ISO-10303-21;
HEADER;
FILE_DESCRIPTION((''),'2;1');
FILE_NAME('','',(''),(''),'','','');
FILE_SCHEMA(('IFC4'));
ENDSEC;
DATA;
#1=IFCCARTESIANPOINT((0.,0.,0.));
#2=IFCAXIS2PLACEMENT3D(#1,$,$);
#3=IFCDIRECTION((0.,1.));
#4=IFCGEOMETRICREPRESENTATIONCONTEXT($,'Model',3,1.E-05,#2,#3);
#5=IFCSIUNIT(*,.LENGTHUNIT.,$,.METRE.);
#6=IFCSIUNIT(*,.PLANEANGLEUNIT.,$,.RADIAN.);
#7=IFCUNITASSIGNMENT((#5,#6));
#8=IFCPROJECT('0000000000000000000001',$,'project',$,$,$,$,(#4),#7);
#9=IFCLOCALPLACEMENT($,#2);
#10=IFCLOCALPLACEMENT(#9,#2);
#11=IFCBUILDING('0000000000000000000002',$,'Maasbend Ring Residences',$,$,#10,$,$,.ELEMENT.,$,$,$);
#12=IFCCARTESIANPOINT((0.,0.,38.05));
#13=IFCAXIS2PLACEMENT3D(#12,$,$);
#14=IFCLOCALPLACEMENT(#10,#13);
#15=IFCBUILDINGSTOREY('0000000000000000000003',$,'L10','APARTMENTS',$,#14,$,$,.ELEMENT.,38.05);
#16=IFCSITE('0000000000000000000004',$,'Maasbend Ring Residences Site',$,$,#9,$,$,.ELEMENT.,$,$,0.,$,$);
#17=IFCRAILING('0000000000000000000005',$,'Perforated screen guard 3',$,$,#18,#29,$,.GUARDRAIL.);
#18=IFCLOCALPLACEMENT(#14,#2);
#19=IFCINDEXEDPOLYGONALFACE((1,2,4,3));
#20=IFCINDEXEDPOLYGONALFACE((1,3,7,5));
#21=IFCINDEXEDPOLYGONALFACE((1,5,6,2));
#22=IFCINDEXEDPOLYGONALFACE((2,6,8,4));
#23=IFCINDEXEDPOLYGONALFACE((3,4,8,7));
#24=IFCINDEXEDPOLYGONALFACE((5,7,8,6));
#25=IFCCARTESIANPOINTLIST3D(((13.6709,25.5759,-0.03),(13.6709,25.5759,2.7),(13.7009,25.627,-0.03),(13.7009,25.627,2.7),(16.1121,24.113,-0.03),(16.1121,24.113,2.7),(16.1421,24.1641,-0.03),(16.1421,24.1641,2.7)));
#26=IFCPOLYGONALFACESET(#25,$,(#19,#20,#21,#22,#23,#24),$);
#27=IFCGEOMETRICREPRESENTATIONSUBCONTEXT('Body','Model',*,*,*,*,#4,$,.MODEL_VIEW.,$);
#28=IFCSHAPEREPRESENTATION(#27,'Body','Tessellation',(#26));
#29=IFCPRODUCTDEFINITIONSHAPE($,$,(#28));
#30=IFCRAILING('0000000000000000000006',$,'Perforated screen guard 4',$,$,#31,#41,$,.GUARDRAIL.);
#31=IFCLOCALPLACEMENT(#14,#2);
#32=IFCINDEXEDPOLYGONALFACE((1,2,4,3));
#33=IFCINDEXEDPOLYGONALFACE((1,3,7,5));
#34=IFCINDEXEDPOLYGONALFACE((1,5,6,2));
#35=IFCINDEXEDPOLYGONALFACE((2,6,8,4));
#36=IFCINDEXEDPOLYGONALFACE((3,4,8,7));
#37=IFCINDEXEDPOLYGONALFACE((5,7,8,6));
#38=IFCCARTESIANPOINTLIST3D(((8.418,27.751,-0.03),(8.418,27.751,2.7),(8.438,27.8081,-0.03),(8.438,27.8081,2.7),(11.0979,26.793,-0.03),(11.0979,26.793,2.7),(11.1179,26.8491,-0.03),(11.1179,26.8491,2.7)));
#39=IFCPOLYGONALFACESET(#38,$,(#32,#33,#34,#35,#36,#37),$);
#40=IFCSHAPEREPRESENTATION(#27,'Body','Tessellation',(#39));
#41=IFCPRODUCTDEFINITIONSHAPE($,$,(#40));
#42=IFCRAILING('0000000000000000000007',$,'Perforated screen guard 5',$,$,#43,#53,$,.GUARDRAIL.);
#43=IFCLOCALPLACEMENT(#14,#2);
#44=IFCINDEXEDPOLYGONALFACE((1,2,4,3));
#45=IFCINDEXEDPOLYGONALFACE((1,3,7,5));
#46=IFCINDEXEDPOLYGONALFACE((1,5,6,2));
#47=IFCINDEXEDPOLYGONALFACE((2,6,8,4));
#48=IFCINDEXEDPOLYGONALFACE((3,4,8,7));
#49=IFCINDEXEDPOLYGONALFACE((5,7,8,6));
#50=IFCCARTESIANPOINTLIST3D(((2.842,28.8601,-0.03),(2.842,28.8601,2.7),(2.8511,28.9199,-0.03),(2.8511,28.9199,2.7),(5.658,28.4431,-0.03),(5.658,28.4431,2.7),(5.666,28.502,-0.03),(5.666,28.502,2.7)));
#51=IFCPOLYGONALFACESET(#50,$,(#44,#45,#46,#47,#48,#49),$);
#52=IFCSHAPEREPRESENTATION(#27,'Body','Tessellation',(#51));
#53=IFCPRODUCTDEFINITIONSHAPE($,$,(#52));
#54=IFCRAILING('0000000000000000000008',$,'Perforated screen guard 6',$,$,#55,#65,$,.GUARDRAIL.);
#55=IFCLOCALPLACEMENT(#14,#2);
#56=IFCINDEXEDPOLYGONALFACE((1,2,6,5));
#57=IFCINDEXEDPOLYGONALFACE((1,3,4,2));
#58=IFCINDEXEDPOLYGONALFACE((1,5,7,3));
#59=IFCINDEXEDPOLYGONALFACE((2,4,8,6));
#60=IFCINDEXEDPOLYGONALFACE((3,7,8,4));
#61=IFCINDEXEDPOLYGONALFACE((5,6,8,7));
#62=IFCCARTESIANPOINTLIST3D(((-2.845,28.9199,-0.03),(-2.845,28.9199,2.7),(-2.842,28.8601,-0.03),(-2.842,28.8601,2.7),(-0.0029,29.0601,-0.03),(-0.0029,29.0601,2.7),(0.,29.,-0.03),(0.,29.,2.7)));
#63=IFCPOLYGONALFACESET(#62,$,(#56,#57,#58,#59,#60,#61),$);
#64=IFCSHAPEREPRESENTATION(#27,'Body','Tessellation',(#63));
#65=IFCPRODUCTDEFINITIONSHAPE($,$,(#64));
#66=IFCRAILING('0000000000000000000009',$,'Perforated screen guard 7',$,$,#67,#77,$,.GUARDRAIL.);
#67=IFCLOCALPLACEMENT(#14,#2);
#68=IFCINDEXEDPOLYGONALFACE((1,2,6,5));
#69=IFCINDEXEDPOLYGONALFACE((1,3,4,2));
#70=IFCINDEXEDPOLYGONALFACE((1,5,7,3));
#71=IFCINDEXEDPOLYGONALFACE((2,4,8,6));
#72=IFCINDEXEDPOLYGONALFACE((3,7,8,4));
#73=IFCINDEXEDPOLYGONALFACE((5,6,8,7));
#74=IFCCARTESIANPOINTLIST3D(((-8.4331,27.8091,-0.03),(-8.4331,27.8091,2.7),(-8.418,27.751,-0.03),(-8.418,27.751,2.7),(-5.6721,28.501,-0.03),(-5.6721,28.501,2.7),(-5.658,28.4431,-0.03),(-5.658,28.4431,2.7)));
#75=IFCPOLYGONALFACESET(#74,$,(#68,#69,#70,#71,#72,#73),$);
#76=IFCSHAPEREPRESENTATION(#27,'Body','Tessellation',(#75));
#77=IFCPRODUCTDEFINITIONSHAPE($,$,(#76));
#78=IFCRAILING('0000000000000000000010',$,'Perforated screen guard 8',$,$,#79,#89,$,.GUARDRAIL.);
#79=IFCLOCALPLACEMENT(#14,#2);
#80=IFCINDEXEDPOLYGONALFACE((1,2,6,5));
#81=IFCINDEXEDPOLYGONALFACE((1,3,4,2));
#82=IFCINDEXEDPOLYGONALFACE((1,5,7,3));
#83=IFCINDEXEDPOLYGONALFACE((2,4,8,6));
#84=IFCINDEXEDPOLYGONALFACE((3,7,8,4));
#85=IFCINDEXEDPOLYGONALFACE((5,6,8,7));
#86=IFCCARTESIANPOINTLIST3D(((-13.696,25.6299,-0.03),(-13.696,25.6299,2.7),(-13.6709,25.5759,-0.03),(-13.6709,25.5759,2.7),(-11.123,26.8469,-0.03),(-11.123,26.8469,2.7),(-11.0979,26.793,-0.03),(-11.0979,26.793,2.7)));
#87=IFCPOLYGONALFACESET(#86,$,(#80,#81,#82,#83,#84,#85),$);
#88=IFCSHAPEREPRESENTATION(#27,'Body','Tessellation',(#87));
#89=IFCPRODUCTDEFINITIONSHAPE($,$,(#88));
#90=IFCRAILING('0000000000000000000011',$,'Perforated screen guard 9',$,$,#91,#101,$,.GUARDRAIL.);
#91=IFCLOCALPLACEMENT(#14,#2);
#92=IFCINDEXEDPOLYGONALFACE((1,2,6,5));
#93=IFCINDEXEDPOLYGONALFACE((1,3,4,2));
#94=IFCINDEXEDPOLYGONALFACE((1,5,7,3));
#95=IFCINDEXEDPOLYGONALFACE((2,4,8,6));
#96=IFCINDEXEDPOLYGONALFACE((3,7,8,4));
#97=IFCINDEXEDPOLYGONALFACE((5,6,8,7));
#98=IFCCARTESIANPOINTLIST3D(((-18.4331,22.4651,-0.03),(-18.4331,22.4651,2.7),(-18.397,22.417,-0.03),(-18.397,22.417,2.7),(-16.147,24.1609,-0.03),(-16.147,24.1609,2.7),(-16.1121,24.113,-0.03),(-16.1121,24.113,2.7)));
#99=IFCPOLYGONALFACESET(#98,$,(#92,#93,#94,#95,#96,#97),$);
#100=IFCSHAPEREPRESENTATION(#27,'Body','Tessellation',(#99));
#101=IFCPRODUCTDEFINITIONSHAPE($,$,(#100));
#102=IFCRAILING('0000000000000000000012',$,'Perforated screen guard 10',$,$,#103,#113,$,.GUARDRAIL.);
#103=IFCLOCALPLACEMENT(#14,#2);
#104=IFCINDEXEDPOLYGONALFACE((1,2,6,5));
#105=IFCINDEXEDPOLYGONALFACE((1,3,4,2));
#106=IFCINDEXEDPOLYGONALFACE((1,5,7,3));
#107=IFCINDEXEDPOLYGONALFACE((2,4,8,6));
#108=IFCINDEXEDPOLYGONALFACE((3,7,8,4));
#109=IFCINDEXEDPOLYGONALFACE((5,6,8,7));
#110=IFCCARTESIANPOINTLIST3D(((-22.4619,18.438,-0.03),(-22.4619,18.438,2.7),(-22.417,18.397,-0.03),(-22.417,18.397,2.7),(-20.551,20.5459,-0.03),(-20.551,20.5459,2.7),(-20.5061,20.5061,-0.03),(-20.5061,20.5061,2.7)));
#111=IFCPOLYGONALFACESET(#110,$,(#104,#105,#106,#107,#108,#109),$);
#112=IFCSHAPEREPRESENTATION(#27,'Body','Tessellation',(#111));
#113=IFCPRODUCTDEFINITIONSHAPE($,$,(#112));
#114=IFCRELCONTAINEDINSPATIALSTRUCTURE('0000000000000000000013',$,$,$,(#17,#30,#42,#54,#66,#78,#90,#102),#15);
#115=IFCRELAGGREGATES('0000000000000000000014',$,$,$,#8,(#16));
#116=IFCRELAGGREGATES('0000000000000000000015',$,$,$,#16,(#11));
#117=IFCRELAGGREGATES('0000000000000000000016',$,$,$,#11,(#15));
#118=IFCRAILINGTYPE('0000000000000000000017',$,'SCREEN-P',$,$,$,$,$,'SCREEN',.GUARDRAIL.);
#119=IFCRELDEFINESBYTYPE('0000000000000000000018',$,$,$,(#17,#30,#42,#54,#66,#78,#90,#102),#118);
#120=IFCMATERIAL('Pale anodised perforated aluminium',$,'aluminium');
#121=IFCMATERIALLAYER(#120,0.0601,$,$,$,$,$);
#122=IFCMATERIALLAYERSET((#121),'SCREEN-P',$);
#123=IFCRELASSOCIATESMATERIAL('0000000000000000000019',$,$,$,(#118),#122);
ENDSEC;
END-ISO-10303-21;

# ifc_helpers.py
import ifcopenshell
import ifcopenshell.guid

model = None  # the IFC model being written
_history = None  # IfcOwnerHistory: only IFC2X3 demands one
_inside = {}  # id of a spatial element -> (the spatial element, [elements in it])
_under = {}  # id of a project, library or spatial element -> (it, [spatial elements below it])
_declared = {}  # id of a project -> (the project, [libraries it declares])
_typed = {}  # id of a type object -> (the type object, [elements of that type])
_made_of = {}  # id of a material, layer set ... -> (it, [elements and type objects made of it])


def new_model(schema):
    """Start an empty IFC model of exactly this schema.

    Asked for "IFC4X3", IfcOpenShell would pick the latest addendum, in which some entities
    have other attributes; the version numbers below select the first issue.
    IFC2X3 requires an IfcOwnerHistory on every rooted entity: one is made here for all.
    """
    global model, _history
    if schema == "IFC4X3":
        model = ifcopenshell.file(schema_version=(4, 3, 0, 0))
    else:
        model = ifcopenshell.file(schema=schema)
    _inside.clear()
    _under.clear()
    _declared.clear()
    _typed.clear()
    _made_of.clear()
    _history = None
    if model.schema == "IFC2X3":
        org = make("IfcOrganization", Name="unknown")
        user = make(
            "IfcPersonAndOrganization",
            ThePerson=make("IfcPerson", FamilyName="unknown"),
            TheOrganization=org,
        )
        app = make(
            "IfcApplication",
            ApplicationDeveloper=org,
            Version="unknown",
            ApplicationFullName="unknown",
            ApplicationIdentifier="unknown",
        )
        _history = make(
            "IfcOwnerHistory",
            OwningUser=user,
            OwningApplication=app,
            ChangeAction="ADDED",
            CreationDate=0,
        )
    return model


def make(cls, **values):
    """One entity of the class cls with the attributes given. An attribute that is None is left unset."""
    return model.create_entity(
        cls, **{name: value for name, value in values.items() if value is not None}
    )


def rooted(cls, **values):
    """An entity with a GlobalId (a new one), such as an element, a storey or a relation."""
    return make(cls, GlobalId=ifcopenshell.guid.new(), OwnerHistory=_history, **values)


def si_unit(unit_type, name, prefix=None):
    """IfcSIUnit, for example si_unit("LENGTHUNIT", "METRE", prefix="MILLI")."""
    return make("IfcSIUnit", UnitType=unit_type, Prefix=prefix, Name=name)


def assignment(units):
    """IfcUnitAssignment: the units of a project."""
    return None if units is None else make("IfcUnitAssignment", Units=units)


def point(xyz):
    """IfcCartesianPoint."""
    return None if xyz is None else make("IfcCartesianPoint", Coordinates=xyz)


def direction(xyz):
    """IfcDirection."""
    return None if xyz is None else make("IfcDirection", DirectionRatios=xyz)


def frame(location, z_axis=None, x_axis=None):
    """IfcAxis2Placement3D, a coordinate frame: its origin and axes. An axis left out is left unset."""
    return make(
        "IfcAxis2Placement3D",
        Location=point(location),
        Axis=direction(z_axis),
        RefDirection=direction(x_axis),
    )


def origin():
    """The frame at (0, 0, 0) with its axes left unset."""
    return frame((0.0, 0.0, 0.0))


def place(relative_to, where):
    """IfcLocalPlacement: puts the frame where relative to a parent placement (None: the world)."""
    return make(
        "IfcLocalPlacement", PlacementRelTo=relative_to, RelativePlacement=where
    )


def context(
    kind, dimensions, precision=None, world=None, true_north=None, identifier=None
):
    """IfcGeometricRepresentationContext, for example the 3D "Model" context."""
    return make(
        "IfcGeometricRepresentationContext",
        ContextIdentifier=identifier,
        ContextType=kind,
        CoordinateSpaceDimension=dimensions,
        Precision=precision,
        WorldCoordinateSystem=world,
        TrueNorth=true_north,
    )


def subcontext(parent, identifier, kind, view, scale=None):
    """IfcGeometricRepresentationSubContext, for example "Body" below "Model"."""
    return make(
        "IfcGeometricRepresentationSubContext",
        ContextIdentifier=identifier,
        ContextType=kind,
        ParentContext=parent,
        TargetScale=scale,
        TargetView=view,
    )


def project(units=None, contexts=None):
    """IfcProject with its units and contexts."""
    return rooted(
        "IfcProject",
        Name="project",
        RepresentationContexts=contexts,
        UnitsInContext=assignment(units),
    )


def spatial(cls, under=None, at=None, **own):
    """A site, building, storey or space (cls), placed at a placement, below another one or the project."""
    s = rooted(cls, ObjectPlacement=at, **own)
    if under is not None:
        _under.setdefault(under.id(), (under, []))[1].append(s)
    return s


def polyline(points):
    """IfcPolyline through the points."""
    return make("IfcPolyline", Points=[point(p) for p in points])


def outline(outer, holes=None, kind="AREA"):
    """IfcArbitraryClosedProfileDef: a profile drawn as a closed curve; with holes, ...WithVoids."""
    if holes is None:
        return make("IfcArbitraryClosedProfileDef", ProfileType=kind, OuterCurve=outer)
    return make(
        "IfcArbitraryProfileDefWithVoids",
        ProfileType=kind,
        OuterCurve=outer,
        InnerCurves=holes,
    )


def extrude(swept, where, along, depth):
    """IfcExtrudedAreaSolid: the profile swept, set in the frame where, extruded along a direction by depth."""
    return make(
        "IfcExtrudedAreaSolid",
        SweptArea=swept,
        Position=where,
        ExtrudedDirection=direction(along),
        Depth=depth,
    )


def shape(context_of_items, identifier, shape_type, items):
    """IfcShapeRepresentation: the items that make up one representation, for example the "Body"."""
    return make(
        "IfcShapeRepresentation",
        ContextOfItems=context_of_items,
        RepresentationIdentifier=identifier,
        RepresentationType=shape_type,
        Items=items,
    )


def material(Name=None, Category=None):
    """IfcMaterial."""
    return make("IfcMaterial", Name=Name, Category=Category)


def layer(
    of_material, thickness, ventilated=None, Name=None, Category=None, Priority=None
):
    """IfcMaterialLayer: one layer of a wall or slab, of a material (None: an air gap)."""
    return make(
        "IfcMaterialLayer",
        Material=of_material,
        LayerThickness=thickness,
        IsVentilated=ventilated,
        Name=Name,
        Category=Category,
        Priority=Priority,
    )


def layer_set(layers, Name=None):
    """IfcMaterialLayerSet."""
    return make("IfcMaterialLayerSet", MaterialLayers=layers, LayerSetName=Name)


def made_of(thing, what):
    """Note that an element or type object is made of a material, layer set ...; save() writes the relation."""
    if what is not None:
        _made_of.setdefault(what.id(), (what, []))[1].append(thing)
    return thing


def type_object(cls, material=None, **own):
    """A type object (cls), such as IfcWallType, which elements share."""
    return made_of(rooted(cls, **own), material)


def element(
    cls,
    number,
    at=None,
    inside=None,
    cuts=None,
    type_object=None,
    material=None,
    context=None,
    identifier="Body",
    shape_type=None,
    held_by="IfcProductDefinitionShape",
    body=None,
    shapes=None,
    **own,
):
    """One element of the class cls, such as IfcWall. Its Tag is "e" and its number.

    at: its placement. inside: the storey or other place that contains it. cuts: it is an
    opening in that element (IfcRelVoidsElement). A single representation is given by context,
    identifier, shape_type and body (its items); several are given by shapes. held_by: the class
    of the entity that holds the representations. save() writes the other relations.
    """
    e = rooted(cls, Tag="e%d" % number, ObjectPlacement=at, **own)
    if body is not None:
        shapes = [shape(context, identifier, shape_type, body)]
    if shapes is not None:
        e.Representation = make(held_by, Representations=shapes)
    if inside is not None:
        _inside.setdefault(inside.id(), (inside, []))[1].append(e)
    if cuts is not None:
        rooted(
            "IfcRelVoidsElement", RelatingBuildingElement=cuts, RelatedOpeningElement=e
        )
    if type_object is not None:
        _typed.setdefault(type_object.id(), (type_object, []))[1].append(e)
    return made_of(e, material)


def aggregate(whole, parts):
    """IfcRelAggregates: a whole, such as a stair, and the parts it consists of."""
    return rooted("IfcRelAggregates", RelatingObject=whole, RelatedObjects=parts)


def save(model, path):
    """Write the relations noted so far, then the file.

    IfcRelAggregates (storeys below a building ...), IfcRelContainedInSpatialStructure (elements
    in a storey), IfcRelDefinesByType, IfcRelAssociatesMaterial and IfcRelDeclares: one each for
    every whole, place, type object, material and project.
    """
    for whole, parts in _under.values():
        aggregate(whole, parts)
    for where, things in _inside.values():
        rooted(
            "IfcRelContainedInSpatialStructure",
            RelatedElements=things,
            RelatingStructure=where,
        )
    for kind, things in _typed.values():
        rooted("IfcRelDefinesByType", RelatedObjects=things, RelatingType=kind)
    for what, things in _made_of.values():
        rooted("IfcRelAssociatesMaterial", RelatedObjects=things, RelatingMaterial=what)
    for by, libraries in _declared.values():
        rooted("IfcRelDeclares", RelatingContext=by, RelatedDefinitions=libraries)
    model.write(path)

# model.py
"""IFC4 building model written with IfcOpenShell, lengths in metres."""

from ifc_helpers import new_model, si_unit, direction, frame, origin, place, context, subcontext, project, spatial, polyline, outline, extrude, material, layer, layer_set, type_object, element, save


model = new_model("IFC4")

# Units and contexts
model_context = context("Model", 3, precision=1e-05, world=origin(), true_north=direction((0.0, 1.0)))
body_context = subcontext(model_context, "Body", "Model", "MODEL_VIEW")
ifc_project = project(units=[si_unit("LENGTHUNIT", "METRE"), si_unit("PLANEANGLEUNIT", "RADIAN")], contexts=[model_context])

# Site, building, storey
site_placement = place(None, origin())
site = spatial("IfcSite", under=ifc_project, at=site_placement, Name="Maasbend Ring Residences Site", CompositionType="ELEMENT", RefElevation=0.0)
building_placement = place(site_placement, origin())
building = spatial("IfcBuilding", under=site, at=building_placement, Name="Maasbend Ring Residences", CompositionType="ELEMENT")
storey_placement = place(building_placement, frame((0.0, 0.0, 38.05)))
storey = spatial("IfcBuildingStorey", under=building, at=storey_placement, Name="L10", Description="APARTMENTS", CompositionType="ELEMENT", Elevation=38.05)

# Railings
ifc_material_1 = material(Name="Pale anodised perforated aluminium", Category="aluminium")
ifc_layer_1 = layer(ifc_material_1, 0.0601)
ifc_layer_set_1 = layer_set([ifc_layer_1], Name="SCREEN-P")
railing_type = type_object("IfcRailingType", Name="SCREEN-P", ElementType="SCREEN", PredefinedType="GUARDRAIL", material=ifc_layer_set_1)
railing_1_placement = place(storey_placement, frame((0.0, 0.0, -0.03)))
element("IfcRailing", 1, at=railing_1_placement, inside=storey, type_object=railing_type, Name="Perforated screen guard 3", PredefinedType="GUARDRAIL", context=body_context, shape_type="SweptSolid", body=[
    extrude(outline(polyline([(16.1121, 24.113), (13.6709, 25.5759), (13.7009, 25.627), (16.1421, 24.1641), (16.1121, 24.113)])), origin(), (0.0, 0.0, 1.0), 2.73),
])
railing_2_placement = place(storey_placement, frame((0.0, 0.0, -0.03)))
element("IfcRailing", 2, at=railing_2_placement, inside=storey, type_object=railing_type, Name="Perforated screen guard 4", PredefinedType="GUARDRAIL", context=body_context, shape_type="SweptSolid", body=[
    extrude(outline(polyline([(11.0979, 26.793), (8.418, 27.751), (8.438, 27.8081), (11.1179, 26.8491), (11.0979, 26.793)])), origin(), (0.0, 0.0, 1.0), 2.73),
])
railing_3_placement = place(storey_placement, frame((0.0, 0.0, -0.03)))
element("IfcRailing", 3, at=railing_3_placement, inside=storey, type_object=railing_type, Name="Perforated screen guard 5", PredefinedType="GUARDRAIL", context=body_context, shape_type="SweptSolid", body=[
    extrude(outline(polyline([(5.658, 28.4431), (2.842, 28.8601), (2.8511, 28.9199), (5.666, 28.502), (5.658, 28.4431)])), origin(), (0.0, 0.0, 1.0), 2.73),
])
railing_4_placement = place(storey_placement, frame((0.0, 0.0, -0.03)))
element("IfcRailing", 4, at=railing_4_placement, inside=storey, type_object=railing_type, Name="Perforated screen guard 6", PredefinedType="GUARDRAIL", context=body_context, shape_type="SweptSolid", body=[
    extrude(outline(polyline([(0.0, 29.0), (-2.842, 28.8601), (-2.845, 28.9199), (-0.0029, 29.0601), (0.0, 29.0)])), origin(), (0.0, 0.0, 1.0), 2.73),
])
railing_5_placement = place(storey_placement, frame((0.0, 0.0, -0.03)))
element("IfcRailing", 5, at=railing_5_placement, inside=storey, type_object=railing_type, Name="Perforated screen guard 7", PredefinedType="GUARDRAIL", context=body_context, shape_type="SweptSolid", body=[
    extrude(outline(polyline([(-5.658, 28.4431), (-8.418, 27.751), (-8.4331, 27.8091), (-5.6721, 28.501), (-5.658, 28.4431)])), origin(), (0.0, 0.0, 1.0), 2.73),
])
railing_6_placement = place(storey_placement, frame((0.0, 0.0, -0.03)))
element("IfcRailing", 6, at=railing_6_placement, inside=storey, type_object=railing_type, Name="Perforated screen guard 8", PredefinedType="GUARDRAIL", context=body_context, shape_type="SweptSolid", body=[
    extrude(outline(polyline([(-11.0979, 26.793), (-13.6709, 25.5759), (-13.696, 25.6299), (-11.123, 26.8469), (-11.0979, 26.793)])), origin(), (0.0, 0.0, 1.0), 2.73),
])
railing_7_placement = place(storey_placement, frame((0.0, 0.0, -0.03)))
element("IfcRailing", 7, at=railing_7_placement, inside=storey, type_object=railing_type, Name="Perforated screen guard 9", PredefinedType="GUARDRAIL", context=body_context, shape_type="SweptSolid", body=[
    extrude(outline(polyline([(-16.1121, 24.113), (-18.397, 22.417), (-18.4331, 22.4651), (-16.147, 24.1609), (-16.1121, 24.113)])), origin(), (0.0, 0.0, 1.0), 2.73),
])
railing_8_placement = place(storey_placement, frame((0.0, 0.0, -0.03)))
element("IfcRailing", 8, at=railing_8_placement, inside=storey, type_object=railing_type, Name="Perforated screen guard 10", PredefinedType="GUARDRAIL", context=body_context, shape_type="SweptSolid", body=[
    extrude(outline(polyline([(-20.5061, 20.5061), (-22.417, 18.397), (-22.4619, 18.438), (-20.551, 20.5459), (-20.5061, 20.5061)])), origin(), (0.0, 0.0, 1.0), 2.73),
])

save(model, "model.ifc")
